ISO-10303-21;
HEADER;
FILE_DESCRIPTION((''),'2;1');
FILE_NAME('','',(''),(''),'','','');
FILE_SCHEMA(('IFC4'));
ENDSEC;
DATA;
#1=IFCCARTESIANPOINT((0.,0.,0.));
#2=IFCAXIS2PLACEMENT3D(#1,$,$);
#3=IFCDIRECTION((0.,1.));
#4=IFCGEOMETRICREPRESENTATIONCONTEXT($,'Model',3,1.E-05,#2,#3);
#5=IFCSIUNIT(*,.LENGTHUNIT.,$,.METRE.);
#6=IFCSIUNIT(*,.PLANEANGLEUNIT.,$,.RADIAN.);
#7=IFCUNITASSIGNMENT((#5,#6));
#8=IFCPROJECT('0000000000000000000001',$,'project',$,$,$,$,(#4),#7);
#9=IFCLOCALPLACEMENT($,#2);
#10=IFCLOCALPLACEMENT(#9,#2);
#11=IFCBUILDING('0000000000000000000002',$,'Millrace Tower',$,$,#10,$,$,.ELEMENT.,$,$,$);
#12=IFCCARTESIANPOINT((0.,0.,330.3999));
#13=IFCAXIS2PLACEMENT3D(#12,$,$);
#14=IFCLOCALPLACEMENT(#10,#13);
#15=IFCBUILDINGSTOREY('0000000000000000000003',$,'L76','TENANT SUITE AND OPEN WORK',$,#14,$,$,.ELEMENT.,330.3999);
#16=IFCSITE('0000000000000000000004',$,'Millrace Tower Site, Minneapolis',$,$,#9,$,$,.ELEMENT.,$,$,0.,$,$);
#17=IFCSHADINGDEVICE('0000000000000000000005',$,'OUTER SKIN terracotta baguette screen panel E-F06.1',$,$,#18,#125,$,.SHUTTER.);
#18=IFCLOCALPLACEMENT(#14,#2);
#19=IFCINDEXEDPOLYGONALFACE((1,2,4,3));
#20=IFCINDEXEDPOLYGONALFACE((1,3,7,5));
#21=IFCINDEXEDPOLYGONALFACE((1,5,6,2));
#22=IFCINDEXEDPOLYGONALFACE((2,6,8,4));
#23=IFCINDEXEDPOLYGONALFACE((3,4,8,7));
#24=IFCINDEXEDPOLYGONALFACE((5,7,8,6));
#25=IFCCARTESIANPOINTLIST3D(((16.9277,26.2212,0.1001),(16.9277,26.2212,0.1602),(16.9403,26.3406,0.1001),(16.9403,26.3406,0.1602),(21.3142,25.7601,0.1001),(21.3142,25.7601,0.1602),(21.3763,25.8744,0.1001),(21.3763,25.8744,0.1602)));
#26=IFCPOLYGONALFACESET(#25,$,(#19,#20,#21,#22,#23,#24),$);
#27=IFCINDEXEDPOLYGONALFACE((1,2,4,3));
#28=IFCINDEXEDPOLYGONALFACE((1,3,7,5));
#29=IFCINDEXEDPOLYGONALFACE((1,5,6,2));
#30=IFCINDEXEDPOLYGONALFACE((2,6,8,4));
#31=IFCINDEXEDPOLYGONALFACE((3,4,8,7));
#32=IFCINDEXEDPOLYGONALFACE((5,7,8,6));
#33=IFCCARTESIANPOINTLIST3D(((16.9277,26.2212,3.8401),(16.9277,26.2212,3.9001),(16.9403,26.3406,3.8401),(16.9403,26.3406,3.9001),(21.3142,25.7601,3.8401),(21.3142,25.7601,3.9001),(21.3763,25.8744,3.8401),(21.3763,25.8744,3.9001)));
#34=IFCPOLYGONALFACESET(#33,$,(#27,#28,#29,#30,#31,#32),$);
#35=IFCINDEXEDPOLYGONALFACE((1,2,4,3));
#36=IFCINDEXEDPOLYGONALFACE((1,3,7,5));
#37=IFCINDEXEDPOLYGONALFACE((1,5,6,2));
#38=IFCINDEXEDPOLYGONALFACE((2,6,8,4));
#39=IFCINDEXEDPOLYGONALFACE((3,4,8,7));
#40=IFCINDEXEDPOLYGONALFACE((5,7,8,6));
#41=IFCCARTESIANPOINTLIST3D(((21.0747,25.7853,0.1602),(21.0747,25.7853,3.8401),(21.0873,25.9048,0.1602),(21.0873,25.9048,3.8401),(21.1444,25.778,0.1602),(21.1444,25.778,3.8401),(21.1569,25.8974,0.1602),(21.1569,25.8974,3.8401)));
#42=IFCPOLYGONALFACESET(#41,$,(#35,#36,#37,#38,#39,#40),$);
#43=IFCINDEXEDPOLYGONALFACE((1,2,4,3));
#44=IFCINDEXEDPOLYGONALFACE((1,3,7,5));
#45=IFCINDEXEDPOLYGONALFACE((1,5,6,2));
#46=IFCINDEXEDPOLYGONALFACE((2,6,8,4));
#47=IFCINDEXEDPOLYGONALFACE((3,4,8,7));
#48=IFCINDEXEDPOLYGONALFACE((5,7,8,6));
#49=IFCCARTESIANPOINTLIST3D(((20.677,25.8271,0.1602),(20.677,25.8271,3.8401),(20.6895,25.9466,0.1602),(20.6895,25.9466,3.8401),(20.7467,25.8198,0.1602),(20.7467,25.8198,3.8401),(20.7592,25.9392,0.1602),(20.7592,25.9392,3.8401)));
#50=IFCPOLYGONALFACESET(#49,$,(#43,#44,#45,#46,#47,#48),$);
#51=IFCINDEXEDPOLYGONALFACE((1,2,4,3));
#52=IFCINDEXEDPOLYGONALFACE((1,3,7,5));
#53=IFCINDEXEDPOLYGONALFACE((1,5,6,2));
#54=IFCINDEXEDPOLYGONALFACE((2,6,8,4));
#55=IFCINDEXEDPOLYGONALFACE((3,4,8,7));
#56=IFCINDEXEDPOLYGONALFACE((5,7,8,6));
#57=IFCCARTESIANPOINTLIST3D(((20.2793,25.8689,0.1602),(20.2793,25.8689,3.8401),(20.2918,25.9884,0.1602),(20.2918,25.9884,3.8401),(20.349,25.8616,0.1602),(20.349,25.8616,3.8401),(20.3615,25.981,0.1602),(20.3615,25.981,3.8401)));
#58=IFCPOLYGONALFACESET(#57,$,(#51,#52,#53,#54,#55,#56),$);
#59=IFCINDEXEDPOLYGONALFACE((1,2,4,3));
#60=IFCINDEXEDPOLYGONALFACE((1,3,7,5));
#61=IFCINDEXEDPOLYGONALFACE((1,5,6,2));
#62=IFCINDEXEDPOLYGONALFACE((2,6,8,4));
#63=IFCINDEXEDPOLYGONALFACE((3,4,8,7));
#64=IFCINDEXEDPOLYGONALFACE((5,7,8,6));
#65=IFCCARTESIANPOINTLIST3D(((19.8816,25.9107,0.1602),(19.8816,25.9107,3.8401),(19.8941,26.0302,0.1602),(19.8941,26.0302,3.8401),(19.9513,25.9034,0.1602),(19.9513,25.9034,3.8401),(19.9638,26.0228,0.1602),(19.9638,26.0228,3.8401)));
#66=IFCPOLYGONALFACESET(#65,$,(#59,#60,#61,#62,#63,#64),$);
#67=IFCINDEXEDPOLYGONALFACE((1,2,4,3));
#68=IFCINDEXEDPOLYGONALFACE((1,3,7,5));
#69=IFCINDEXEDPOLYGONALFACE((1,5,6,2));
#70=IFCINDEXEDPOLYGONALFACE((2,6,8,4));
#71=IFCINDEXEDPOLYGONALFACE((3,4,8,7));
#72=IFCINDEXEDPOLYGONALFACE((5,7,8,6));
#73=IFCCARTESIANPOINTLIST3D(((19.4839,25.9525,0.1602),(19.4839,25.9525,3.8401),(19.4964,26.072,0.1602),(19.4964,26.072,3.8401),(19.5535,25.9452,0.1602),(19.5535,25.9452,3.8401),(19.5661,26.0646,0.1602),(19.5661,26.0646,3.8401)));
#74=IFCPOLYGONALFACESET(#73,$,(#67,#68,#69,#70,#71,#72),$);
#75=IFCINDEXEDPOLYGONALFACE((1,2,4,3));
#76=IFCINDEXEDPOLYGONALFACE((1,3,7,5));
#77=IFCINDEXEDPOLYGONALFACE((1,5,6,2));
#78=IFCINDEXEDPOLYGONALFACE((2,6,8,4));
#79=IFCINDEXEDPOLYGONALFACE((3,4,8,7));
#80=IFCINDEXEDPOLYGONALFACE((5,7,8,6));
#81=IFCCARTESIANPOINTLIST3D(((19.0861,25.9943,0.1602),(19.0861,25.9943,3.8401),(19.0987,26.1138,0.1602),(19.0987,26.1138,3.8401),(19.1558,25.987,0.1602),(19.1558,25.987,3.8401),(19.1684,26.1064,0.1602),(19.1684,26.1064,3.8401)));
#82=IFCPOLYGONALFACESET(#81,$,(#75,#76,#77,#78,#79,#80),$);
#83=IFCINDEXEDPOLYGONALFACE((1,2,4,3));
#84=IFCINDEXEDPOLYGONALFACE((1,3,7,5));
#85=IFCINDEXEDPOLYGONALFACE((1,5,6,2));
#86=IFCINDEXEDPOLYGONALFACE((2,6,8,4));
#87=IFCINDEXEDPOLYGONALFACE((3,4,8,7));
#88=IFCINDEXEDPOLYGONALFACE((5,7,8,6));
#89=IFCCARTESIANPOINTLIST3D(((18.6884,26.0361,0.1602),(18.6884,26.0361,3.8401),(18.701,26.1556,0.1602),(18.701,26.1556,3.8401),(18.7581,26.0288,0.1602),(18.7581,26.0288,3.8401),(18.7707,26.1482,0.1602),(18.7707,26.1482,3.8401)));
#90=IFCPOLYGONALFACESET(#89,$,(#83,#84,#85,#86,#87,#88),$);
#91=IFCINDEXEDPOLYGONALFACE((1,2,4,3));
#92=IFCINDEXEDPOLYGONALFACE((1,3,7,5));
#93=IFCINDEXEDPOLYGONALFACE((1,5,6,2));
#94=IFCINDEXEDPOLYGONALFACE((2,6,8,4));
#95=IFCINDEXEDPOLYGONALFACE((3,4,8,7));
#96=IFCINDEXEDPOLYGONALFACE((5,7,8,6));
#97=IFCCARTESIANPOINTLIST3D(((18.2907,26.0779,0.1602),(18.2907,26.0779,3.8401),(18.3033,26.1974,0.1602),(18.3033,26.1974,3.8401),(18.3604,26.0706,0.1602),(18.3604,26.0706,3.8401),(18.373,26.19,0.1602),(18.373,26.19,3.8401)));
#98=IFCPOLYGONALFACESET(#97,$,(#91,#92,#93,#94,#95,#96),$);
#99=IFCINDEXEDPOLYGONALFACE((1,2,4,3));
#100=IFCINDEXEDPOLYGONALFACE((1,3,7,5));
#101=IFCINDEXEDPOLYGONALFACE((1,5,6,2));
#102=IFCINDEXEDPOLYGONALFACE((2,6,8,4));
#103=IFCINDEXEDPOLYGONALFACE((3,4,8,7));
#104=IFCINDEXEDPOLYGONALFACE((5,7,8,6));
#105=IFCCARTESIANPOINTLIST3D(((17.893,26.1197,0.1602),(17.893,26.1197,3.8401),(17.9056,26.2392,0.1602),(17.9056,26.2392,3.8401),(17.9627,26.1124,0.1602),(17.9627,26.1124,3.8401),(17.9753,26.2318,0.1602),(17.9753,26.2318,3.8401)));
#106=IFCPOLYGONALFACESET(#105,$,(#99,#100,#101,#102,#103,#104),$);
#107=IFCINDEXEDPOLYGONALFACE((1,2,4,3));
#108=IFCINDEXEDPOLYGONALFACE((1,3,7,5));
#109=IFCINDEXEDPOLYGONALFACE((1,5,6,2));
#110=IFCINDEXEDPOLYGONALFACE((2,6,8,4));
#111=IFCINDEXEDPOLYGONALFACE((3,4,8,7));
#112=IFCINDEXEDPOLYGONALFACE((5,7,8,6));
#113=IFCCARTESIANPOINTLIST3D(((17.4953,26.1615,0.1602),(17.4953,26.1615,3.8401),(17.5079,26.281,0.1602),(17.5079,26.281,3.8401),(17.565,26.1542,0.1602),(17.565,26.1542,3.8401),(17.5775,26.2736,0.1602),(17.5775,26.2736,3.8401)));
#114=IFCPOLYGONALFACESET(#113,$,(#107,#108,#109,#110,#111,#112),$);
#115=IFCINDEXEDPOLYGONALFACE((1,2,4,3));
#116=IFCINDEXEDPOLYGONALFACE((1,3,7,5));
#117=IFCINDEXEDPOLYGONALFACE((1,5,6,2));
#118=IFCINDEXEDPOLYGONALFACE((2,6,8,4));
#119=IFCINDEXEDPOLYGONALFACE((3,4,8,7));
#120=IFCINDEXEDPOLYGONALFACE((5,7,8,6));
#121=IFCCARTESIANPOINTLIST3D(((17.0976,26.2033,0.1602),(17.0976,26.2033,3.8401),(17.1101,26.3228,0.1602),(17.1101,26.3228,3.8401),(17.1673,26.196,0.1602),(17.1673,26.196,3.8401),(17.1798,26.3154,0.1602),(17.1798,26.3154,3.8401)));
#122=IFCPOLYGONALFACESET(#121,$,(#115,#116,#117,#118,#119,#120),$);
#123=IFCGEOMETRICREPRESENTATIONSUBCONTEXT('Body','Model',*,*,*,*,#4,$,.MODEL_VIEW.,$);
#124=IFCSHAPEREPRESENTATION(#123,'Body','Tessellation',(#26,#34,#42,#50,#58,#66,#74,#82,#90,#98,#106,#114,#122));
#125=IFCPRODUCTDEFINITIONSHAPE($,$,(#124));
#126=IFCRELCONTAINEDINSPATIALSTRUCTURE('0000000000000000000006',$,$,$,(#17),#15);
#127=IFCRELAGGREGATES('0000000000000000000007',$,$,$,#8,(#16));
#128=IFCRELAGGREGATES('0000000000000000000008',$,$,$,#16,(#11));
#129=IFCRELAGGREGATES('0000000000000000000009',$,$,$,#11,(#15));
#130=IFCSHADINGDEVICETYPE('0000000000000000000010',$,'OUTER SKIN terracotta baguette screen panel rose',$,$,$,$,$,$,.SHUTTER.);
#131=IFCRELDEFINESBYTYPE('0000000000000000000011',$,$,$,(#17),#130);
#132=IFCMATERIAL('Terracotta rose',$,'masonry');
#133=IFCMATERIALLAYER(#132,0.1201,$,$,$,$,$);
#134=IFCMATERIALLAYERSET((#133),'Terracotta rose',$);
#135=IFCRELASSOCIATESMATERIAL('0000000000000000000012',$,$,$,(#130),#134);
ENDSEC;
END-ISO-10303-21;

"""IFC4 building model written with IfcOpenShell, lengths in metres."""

from ifc_helpers import new_model, entity, si_unit, direction, frame, frame_2d, origin, place, context, subcontext, project, spatial, rectangle, extrude, source, transform, mapped, material, layer, layer_set, type_object, element, save


model = new_model("IFC4")

# Units and contexts
model_context = context("Model", 3, precision=1e-05, world=origin(), true_north=direction((0.0, 1.0)))
body_context = subcontext(model_context, "Body", "Model", "MODEL_VIEW")
ifc_project = project(units=[si_unit("LENGTHUNIT", "METRE"), si_unit("PLANEANGLEUNIT", "RADIAN")], contexts=[model_context])

# Site, building, storey
site_placement = place(None, origin())
site = spatial("IfcSite", under=ifc_project, at=site_placement, Name="Millrace Tower Site, Minneapolis", CompositionType="ELEMENT", RefElevation=0.0)
building_placement = place(site_placement, origin())
building = spatial("IfcBuilding", under=site, at=building_placement, Name="Millrace Tower", CompositionType="ELEMENT")
storey_placement = place(building_placement, frame((0.0, 0.0, 330.3999)))
storey = spatial("IfcBuildingStorey", under=building, at=storey_placement, Name="L76", Description="TENANT SUITE AND OPEN WORK", CompositionType="ELEMENT", Elevation=330.3999)

# Shading device
ifc_material_1 = material(Name="Terracotta rose", Category="masonry")
ifc_layer_1 = layer(ifc_material_1, 0.1201)
ifc_layer_set_1 = layer_set([ifc_layer_1], Name="Terracotta rose")
shading_device_type = type_object("IfcShadingDeviceType", Name="OUTER SKIN terracotta baguette screen panel rose", PredefinedType="SHUTTER", material=ifc_layer_set_1)
cartesian_point_1 = entity("IfcCartesianPoint", [-2.1929, 0.0601])
shared_polyline_1 = entity("IfcPolyline", [cartesian_point_1, entity("IfcCartesianPoint", [2.2178, 0.0601]), entity("IfcCartesianPoint", [2.2178, -0.0601]), entity("IfcCartesianPoint", [-2.2427, -0.0601]), cartesian_point_1])
shared_shape_1 = source(origin(), body_context, "Body", "SweptSolid", [
    entity("IfcExtrudedAreaSolid", entity("IfcArbitraryClosedProfileDef", "AREA", None, shared_polyline_1), entity("IfcAxis2Placement3D", entity("IfcCartesianPoint", [0.0, 0.0, 0.0])), entity("IfcDirection", [0.0, 0.0, 1.0]), 0.0601),
    entity("IfcExtrudedAreaSolid", entity("IfcArbitraryClosedProfileDef", "AREA", None, shared_polyline_1), entity("IfcAxis2Placement3D", entity("IfcCartesianPoint", [0.0, 0.0, 3.74])), entity("IfcDirection", [0.0, 0.0, 1.0]), 0.0601),
    extrude(rectangle(XDim=0.0701, YDim=0.1201, at=frame_2d((-1.9871, 0.0))), frame((0.0, 0.0, 0.0601)), (0.0, 0.0, 1.0), 3.6799),
    extrude(rectangle(XDim=0.0701, YDim=0.1201, at=frame_2d((-1.5872, 0.0))), frame((0.0, 0.0, 0.0601)), (0.0, 0.0, 1.0), 3.6799),
    extrude(rectangle(XDim=0.0701, YDim=0.1201, at=frame_2d((-1.1873, 0.0))), frame((0.0, 0.0, 0.0601)), (0.0, 0.0, 1.0), 3.6799),
    extrude(rectangle(XDim=0.0701, YDim=0.1201, at=frame_2d((-0.7874, 0.0))), frame((0.0, 0.0, 0.0601)), (0.0, 0.0, 1.0), 3.6799),
    extrude(rectangle(XDim=0.0701, YDim=0.1201, at=frame_2d((-0.3875, 0.0))), frame((0.0, 0.0, 0.0601)), (0.0, 0.0, 1.0), 3.6799),
    extrude(rectangle(XDim=0.0701, YDim=0.1201, at=frame_2d((0.0125, 0.0))), frame((0.0, 0.0, 0.0601)), (0.0, 0.0, 1.0), 3.6799),
    extrude(rectangle(XDim=0.0701, YDim=0.1201, at=frame_2d((0.4124, 0.0))), frame((0.0, 0.0, 0.0601)), (0.0, 0.0, 1.0), 3.6799),
    extrude(rectangle(XDim=0.0701, YDim=0.1201, at=frame_2d((0.8123, 0.0))), frame((0.0, 0.0, 0.0601)), (0.0, 0.0, 1.0), 3.6799),
    extrude(rectangle(XDim=0.0701, YDim=0.1201, at=frame_2d((1.2122, 0.0))), frame((0.0, 0.0, 0.0601)), (0.0, 0.0, 1.0), 3.6799),
    extrude(rectangle(XDim=0.0701, YDim=0.1201, at=frame_2d((1.6121, 0.0))), frame((0.0, 0.0, 0.0601)), (0.0, 0.0, 1.0), 3.6799),
    extrude(rectangle(XDim=0.0701, YDim=0.1201, at=frame_2d((2.012, 0.0))), frame((0.0, 0.0, 0.0601)), (0.0, 0.0, 1.0), 3.6799),
])
shading_device_1_placement = place(storey_placement, frame((19.1396, 26.0491, 0.1001), z_axis=(0.0, 0.0, 1.0), x_axis=(-0.994522, 0.104528, 0.0)))
element("IfcShadingDevice", 1, at=shading_device_1_placement, inside=storey, type_object=shading_device_type, Name="OUTER SKIN terracotta baguette screen panel E-F06.1", PredefinedType="SHUTTER", context=body_context, shape_type="MappedRepresentation", body=[
    mapped(shared_shape_1, transform((0.0, 0.0, 0.0), scale=1.0)),
])

save(model, "model.ifc")
